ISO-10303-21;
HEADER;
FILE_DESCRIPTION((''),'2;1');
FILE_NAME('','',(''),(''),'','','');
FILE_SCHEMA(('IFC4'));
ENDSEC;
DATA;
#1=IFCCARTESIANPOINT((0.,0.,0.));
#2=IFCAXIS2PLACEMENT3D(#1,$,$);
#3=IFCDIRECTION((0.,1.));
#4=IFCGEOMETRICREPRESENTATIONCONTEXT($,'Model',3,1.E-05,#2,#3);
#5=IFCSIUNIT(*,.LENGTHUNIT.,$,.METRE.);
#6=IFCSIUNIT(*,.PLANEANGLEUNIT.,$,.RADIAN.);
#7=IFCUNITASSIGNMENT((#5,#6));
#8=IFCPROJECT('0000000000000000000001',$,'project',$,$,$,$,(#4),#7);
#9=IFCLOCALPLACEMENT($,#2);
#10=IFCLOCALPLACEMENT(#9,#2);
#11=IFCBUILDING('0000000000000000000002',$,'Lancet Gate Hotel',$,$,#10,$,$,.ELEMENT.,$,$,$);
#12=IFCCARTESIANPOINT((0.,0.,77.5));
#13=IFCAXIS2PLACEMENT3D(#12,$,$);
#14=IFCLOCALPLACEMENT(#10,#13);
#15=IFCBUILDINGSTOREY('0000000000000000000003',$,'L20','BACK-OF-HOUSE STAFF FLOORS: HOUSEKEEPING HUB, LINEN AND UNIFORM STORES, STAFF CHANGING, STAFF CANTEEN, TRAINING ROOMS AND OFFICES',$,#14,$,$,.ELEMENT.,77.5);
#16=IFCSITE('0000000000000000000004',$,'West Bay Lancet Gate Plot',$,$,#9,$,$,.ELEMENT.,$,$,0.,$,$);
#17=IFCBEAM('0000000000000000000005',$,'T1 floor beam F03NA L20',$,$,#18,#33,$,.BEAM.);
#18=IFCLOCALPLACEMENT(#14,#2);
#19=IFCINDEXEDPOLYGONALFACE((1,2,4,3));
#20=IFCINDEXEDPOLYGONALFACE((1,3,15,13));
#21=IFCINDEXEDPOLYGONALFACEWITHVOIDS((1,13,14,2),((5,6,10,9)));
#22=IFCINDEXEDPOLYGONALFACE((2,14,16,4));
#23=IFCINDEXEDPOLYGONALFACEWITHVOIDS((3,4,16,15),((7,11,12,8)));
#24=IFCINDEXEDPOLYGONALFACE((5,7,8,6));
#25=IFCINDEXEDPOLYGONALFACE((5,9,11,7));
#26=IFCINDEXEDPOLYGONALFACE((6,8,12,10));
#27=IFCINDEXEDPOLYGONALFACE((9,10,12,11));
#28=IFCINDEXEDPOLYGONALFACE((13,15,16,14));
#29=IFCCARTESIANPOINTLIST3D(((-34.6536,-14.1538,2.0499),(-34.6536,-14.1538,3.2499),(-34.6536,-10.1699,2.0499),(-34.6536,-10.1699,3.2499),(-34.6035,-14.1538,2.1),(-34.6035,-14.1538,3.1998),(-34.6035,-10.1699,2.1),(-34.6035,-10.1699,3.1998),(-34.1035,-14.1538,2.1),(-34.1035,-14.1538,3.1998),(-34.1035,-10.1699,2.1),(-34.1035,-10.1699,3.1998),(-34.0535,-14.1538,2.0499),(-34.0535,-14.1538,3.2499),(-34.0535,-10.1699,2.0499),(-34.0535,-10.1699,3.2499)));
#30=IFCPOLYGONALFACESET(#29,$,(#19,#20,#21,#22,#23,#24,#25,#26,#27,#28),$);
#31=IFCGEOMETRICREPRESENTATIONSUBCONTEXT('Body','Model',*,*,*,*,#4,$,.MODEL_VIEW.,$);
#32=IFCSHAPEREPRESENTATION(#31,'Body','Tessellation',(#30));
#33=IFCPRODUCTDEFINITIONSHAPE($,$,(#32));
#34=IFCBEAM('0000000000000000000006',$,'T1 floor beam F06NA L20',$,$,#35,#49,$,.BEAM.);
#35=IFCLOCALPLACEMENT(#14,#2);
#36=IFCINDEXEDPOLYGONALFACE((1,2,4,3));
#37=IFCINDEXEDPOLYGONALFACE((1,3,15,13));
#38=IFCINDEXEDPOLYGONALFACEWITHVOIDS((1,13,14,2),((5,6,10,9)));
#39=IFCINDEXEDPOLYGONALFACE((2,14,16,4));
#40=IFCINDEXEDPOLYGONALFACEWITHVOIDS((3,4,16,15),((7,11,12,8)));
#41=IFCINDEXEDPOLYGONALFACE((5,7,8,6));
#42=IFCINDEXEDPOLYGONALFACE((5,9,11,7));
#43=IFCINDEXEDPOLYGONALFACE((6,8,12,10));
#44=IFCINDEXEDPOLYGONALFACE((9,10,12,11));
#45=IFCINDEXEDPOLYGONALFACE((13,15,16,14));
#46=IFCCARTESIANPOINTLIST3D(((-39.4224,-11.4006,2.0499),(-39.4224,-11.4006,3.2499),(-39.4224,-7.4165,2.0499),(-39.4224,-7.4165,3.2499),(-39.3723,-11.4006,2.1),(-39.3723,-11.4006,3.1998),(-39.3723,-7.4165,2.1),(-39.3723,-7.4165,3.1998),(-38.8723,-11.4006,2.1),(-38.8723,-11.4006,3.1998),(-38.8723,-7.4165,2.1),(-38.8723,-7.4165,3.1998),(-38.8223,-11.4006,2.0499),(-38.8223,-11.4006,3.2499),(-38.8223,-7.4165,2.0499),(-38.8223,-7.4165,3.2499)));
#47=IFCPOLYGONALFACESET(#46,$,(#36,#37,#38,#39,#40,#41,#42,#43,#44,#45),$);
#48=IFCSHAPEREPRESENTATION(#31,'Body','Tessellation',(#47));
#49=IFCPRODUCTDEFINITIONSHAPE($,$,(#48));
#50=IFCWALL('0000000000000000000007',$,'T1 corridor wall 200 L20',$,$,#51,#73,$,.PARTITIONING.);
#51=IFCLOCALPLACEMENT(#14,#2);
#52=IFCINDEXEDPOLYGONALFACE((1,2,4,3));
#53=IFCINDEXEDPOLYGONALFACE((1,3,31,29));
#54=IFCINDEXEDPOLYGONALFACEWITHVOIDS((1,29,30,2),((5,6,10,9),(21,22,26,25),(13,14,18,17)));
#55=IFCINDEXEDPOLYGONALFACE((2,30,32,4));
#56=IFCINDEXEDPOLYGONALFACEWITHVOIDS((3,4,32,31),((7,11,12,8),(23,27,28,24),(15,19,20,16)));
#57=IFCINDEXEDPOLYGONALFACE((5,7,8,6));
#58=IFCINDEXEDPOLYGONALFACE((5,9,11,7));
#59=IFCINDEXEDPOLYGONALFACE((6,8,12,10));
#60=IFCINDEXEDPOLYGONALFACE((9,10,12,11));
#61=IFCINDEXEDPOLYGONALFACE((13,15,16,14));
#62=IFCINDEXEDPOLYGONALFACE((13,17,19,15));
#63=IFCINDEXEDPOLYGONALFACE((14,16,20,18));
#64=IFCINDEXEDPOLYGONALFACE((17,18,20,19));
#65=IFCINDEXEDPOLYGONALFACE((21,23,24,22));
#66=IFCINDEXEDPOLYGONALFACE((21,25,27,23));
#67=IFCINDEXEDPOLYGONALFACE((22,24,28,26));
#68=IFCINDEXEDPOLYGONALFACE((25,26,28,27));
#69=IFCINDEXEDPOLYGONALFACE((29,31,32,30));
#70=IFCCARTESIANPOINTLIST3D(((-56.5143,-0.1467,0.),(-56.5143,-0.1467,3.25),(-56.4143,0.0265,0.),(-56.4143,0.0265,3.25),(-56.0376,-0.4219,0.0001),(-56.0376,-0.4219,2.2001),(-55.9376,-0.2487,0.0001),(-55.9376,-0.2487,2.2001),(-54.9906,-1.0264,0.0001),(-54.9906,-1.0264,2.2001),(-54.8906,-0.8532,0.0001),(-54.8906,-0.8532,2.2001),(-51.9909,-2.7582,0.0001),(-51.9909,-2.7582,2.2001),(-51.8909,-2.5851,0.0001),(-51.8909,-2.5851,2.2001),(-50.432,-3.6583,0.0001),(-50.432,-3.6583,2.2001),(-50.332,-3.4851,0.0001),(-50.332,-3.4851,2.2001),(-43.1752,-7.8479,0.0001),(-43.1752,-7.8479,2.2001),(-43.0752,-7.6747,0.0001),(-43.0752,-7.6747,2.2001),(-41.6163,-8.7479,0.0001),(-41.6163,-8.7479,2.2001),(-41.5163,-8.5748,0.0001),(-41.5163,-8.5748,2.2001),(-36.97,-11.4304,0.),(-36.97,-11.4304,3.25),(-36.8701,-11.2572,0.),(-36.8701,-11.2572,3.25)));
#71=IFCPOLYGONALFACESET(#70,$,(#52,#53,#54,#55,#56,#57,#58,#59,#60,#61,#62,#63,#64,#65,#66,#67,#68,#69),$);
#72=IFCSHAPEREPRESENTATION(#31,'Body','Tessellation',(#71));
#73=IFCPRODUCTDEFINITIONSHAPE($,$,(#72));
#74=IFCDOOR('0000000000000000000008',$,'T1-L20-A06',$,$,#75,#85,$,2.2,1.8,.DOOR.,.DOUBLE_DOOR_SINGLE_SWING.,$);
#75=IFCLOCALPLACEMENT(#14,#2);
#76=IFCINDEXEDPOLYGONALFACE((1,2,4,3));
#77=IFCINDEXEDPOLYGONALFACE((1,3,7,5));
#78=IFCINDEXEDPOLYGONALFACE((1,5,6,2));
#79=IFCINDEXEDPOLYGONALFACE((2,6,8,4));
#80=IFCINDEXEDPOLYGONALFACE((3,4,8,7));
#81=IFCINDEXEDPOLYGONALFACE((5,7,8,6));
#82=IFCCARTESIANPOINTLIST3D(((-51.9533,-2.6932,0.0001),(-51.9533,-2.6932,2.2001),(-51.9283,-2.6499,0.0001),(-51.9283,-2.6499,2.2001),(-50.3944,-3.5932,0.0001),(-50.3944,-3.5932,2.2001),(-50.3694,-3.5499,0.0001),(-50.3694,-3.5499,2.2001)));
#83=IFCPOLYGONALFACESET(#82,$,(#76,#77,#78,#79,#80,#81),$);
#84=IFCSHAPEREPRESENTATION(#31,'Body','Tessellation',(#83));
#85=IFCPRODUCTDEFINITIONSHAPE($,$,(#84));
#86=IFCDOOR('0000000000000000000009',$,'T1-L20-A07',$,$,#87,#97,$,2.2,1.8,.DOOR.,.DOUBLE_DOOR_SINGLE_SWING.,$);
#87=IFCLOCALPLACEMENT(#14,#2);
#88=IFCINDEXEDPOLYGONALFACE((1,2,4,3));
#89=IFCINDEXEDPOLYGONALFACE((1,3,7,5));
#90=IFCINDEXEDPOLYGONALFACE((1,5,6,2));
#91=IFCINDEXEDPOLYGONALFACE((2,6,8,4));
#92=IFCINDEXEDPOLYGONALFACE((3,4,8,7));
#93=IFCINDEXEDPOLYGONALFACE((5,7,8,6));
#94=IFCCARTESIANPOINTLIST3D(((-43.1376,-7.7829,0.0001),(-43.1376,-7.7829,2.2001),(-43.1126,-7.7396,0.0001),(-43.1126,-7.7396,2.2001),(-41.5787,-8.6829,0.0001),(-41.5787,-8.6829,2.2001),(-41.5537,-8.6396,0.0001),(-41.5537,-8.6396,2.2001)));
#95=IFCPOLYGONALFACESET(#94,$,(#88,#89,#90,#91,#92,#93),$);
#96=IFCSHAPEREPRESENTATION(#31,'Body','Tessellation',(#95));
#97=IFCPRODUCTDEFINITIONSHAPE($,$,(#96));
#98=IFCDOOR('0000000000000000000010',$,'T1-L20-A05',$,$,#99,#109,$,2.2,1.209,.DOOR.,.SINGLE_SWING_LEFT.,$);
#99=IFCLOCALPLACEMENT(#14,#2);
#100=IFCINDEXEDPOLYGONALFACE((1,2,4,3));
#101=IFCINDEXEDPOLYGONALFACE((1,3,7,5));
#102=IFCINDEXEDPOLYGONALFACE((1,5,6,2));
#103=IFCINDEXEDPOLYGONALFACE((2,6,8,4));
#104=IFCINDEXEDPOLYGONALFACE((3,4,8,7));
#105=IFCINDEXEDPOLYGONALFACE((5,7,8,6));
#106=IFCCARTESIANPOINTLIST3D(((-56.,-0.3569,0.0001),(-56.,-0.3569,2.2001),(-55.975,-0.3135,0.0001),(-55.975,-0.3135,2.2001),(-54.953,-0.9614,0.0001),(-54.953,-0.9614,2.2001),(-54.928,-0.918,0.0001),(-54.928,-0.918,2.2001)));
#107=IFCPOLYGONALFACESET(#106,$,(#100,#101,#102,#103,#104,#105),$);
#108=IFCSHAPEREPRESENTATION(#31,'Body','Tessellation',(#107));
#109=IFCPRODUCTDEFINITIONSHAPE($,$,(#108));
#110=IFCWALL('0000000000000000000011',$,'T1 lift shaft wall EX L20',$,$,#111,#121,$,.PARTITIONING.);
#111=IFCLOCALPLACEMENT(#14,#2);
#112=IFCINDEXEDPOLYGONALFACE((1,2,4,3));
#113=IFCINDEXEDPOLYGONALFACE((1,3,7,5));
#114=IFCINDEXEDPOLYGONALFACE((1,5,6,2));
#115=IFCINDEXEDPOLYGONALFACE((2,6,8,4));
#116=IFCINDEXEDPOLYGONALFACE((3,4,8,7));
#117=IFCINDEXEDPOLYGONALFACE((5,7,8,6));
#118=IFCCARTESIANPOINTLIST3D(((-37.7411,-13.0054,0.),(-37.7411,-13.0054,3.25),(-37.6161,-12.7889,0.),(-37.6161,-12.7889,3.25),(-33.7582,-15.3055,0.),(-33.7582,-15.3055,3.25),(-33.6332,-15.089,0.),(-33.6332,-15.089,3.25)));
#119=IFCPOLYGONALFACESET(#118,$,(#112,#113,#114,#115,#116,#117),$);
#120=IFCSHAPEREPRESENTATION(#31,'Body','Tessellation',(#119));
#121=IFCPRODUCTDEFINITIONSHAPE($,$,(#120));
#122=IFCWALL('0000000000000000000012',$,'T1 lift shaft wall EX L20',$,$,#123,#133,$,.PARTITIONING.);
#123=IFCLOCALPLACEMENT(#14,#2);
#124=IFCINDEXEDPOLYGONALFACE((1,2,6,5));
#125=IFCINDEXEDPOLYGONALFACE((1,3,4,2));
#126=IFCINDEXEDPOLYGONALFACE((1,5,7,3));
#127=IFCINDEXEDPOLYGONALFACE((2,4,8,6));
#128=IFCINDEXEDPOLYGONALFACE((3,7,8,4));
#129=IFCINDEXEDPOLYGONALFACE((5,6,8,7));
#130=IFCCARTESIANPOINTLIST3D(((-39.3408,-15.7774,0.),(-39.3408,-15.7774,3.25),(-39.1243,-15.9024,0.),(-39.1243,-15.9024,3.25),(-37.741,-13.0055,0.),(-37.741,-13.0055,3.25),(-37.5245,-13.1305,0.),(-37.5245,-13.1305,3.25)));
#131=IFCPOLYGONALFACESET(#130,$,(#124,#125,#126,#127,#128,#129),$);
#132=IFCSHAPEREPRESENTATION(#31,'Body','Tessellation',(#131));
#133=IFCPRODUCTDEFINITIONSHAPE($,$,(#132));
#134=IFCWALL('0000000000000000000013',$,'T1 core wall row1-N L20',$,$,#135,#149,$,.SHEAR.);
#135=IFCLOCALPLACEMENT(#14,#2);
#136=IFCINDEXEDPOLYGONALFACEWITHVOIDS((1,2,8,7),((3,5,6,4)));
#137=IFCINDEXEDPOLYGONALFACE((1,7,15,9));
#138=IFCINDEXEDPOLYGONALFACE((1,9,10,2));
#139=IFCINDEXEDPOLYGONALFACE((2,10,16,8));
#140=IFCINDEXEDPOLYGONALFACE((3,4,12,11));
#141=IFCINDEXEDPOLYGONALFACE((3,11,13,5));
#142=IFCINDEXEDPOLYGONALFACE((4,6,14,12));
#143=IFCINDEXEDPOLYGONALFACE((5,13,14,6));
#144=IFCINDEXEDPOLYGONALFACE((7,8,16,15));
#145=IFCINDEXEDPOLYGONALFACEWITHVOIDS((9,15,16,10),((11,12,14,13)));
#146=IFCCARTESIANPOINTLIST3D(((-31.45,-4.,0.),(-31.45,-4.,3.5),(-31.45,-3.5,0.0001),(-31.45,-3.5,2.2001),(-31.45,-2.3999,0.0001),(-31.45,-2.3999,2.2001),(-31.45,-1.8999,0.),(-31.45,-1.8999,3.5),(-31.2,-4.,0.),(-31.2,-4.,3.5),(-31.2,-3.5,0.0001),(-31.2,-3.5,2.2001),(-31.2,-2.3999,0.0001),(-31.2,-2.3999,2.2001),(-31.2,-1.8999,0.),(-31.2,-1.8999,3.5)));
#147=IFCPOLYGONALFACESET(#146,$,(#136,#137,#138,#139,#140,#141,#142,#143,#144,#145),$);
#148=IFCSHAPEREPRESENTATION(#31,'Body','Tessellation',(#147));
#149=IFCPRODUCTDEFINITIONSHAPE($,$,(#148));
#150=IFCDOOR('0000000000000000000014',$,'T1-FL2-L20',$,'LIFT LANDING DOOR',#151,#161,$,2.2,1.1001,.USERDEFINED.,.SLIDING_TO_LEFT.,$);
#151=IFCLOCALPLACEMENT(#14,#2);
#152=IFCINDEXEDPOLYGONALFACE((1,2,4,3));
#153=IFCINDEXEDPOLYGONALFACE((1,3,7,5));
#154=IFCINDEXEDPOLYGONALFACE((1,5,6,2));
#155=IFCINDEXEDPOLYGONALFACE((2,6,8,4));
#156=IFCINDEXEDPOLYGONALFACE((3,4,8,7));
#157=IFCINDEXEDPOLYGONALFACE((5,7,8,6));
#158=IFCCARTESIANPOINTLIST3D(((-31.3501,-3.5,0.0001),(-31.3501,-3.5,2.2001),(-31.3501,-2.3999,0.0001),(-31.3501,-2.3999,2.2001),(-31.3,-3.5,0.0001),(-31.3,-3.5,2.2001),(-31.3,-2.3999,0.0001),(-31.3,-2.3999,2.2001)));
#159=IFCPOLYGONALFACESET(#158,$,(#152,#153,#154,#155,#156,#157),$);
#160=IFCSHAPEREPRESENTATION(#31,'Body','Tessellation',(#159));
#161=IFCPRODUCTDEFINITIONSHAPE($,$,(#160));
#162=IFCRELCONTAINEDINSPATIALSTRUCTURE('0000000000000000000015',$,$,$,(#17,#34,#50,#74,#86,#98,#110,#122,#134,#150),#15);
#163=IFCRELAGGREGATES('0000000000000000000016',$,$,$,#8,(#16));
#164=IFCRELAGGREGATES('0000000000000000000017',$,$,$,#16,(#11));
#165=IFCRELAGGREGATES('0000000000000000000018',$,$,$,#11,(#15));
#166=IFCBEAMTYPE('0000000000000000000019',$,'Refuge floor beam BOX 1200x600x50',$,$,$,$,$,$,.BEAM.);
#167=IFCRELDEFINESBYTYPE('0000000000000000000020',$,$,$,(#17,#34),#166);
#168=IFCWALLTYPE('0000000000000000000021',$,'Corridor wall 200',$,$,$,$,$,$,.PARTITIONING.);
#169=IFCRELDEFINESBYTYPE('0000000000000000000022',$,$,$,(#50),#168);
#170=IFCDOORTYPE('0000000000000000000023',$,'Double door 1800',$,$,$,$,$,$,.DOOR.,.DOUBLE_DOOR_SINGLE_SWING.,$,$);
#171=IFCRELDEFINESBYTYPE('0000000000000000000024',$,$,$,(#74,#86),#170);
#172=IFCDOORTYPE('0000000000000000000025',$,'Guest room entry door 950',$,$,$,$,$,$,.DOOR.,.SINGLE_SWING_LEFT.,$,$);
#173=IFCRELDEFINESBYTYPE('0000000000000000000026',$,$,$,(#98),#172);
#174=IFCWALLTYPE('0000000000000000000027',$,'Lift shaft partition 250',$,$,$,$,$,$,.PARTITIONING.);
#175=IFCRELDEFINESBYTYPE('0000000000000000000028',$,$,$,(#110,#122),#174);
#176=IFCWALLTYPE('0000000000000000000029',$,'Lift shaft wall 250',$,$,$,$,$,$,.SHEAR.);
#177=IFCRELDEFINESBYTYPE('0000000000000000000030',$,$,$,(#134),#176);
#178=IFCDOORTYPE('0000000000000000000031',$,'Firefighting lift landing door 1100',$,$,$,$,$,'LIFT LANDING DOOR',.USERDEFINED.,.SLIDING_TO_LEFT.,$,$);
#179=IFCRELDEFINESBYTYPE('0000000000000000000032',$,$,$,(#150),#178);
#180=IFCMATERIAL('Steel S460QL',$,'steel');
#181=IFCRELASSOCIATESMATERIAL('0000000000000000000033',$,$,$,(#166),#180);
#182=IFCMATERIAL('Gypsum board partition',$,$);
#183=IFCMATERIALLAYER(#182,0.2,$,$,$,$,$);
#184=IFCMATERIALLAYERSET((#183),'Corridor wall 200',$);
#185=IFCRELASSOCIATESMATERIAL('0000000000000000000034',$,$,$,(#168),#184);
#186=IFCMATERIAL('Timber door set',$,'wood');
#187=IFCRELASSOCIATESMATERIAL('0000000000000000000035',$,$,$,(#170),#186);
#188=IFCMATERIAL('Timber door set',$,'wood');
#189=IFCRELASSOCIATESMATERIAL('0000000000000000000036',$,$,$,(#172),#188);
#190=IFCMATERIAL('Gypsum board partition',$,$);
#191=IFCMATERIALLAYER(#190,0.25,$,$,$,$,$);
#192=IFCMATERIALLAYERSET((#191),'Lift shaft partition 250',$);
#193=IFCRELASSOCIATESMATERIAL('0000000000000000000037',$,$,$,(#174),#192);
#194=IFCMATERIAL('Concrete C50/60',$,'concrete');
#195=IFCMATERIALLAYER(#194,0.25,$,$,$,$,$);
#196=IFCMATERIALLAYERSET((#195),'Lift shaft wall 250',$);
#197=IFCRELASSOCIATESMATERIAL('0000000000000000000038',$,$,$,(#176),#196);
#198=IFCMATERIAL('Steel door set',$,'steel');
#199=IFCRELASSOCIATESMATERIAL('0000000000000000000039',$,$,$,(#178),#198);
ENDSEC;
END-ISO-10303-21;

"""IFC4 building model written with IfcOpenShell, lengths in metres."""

from ifc_helpers import new_model, si_unit, direction, frame, frame_2d, origin, origin_2d, place, context, subcontext, project, spatial, rectangle, hollow_rectangle, extrude, material, layer, layer_set, material_profile, profile_set, type_object, element, fill, save


model = new_model("IFC4")

# Units and contexts
model_context = context("Model", 3, precision=1e-05, world=origin(), true_north=direction((0.0, 1.0)))
body_context = subcontext(model_context, "Body", "Model", "MODEL_VIEW")
ifc_project = project(units=[si_unit("LENGTHUNIT", "METRE"), si_unit("PLANEANGLEUNIT", "RADIAN")], contexts=[model_context])

# Site, building, storey
site_placement = place(None, origin())
site = spatial("IfcSite", under=ifc_project, at=site_placement, Name="West Bay Lancet Gate Plot", CompositionType="ELEMENT", RefElevation=0.0)
building_placement = place(site_placement, origin())
building = spatial("IfcBuilding", under=site, at=building_placement, Name="Lancet Gate Hotel", CompositionType="ELEMENT")
storey_placement = place(building_placement, frame((0.0, 0.0, 77.5)))
storey = spatial("IfcBuildingStorey", under=building, at=storey_placement, Name="L20", Description="BACK-OF-HOUSE STAFF FLOORS: HOUSEKEEPING HUB, LINEN AND UNIFORM STORES, STAFF CHANGING, STAFF CANTEEN, TRAINING ROOMS AND OFFICES", CompositionType="ELEMENT", Elevation=77.5)

# Beams
ifc_material_1 = material(Name="Steel S460QL", Category="steel")
ifc_material_profile = material_profile(ifc_material_1, hollow_rectangle(XDim=0.6001, YDim=1.2, WallThickness=0.05, at=origin_2d()), Name="BOX 1200x600x50")
ifc_profile_set = profile_set([ifc_material_profile], Name="Steel S460QL")
beam_type = type_object("IfcBeamType", Name="Refuge floor beam BOX 1200x600x50", PredefinedType="BEAM", material=ifc_profile_set)
beam_1_placement = place(storey_placement, frame((-34.3535, -10.1699, 2.6499), z_axis=(0.0, -1.0, 0.0), x_axis=(1.0, 0.0, 0.0)))
element("IfcBeam", 1, at=beam_1_placement, inside=storey, type_object=beam_type, Name="T1 floor beam F03NA L20", PredefinedType="BEAM", context=body_context, shape_type="SweptSolid", body=[
    extrude(hollow_rectangle(XDim=0.6001, YDim=1.2, WallThickness=0.05, at=origin_2d()), origin(), (0.0, 0.0, 1.0), 3.9839),
])
beam_2_placement = place(storey_placement, frame((-39.1223, -7.4165, 2.6499), z_axis=(0.0, -1.0, 0.0), x_axis=(1.0, 0.0, 0.0)))
element("IfcBeam", 2, at=beam_2_placement, inside=storey, type_object=beam_type, Name="T1 floor beam F06NA L20", PredefinedType="BEAM", context=body_context, shape_type="SweptSolid", body=[
    extrude(hollow_rectangle(XDim=0.6001, YDim=1.2, WallThickness=0.05, at=origin_2d()), origin(), (0.0, 0.0, 1.0), 3.9841),
])

# Wall, openings, doors
ifc_material_2 = material(Name="Gypsum board partition")
ifc_layer_1 = layer(ifc_material_2, 0.2)
ifc_layer_set_1 = layer_set([ifc_layer_1], Name="Corridor wall 200")
wall_type_1 = type_object("IfcWallType", Name="Corridor wall 200", PredefinedType="PARTITIONING", material=ifc_layer_set_1)
wall_1_placement = place(storey_placement, frame((-36.9202, -11.3438, 0.0), z_axis=(0.0, 0.0, 1.0), x_axis=(-0.866028, 0.499995, 0.0)))
wall_1 = element("IfcWall", 3, at=wall_1_placement, inside=storey, type_object=wall_type_1, Name="T1 corridor wall 200 L20", PredefinedType="PARTITIONING", context=body_context, shape_type="SweptSolid", body=[
    extrude(rectangle(XDim=22.5676, YDim=0.2, at=frame_2d((11.2837, 0.0))), origin(), (0.0, 0.0, 1.0), 3.25),
])
opening_1_placement = place(wall_1_placement, frame((20.8081, 0.0, 0.0)))
opening_1 = element("IfcOpeningElement", 4, at=opening_1_placement, cuts=wall_1, PredefinedType="OPENING", context=body_context, shape_type="SweptSolid", body=[
    extrude(rectangle(XDim=1.209, YDim=2.2, at=frame_2d((0.6045, 1.1001))), frame((0.0, 0.1099, 0.0), z_axis=(0.0, -1.0, 0.0), x_axis=(1.0, 0.0, 0.0)), (0.0, 0.0, 1.0), 0.22),
])
opening_2_placement = place(wall_1_placement, frame((15.5444, 0.0, 0.0)))
opening_2 = element("IfcOpeningElement", 5, at=opening_2_placement, cuts=wall_1, PredefinedType="OPENING", context=body_context, shape_type="SweptSolid", body=[
    extrude(rectangle(XDim=1.8, YDim=2.2, at=frame_2d((0.8999, 1.1001))), frame((0.0, 0.1099, 0.0), z_axis=(0.0, -1.0, 0.0), x_axis=(1.0, 0.0, 0.0)), (0.0, 0.0, 1.0), 0.22),
])
opening_3_placement = place(wall_1_placement, frame((5.365, 0.0, 0.0)))
opening_3 = element("IfcOpeningElement", 6, at=opening_3_placement, cuts=wall_1, PredefinedType="OPENING", context=body_context, shape_type="SweptSolid", body=[
    extrude(rectangle(XDim=1.8, YDim=2.2, at=frame_2d((0.8999, 1.1001))), frame((0.0, 0.1099, 0.0), z_axis=(0.0, -1.0, 0.0), x_axis=(1.0, 0.0, 0.0)), (0.0, 0.0, 1.0), 0.22),
])
ifc_material_3 = material(Name="Timber door set", Category="wood")
door_type_1 = type_object("IfcDoorType", Name="Double door 1800", OperationType="DOUBLE_DOOR_SINGLE_SWING", PredefinedType="DOOR", material=ifc_material_3)
door_1_placement = place(opening_2_placement, origin())
door_1 = element("IfcDoor", 7, at=door_1_placement, inside=storey, type_object=door_type_1, Name="T1-L20-A06", OperationType="DOUBLE_DOOR_SINGLE_SWING", OverallHeight=2.2, OverallWidth=1.8, PredefinedType="DOOR", context=body_context, shape_type="SweptSolid", body=[
    extrude(rectangle(XDim=1.8, YDim=2.2, at=frame_2d((0.8999, 1.1001))), frame((0.0, 0.0249, 0.0), z_axis=(0.0, -1.0, 0.0), x_axis=(1.0, 0.0, 0.0)), (0.0, 0.0, 1.0), 0.05),
])
fill(opening_2, door_1)
door_2_placement = place(opening_3_placement, origin())
door_2 = element("IfcDoor", 8, at=door_2_placement, inside=storey, type_object=door_type_1, Name="T1-L20-A07", OperationType="DOUBLE_DOOR_SINGLE_SWING", OverallHeight=2.2, OverallWidth=1.8, PredefinedType="DOOR", context=body_context, shape_type="SweptSolid", body=[
    extrude(rectangle(XDim=1.8, YDim=2.2, at=frame_2d((0.8999, 1.1001))), frame((0.0, 0.0249, 0.0), z_axis=(0.0, -1.0, 0.0), x_axis=(1.0, 0.0, 0.0)), (0.0, 0.0, 1.0), 0.05),
])
fill(opening_3, door_2)
ifc_material_4 = material(Name="Timber door set", Category="wood")
door_type_2 = type_object("IfcDoorType", Name="Guest room entry door 950", OperationType="SINGLE_SWING_LEFT", PredefinedType="DOOR", material=ifc_material_4)
door_3_placement = place(opening_1_placement, origin())
door_3 = element("IfcDoor", 9, at=door_3_placement, inside=storey, type_object=door_type_2, Name="T1-L20-A05", OperationType="SINGLE_SWING_LEFT", OverallHeight=2.2, OverallWidth=1.209, PredefinedType="DOOR", context=body_context, shape_type="SweptSolid", body=[
    extrude(rectangle(XDim=1.209, YDim=2.2, at=frame_2d((0.6045, 1.1001))), frame((0.0, 0.0249, 0.0), z_axis=(0.0, -1.0, 0.0), x_axis=(1.0, 0.0, 0.0)), (0.0, 0.0, 1.0), 0.05),
])
fill(opening_1, door_3)

# Walls
ifc_material_5 = material(Name="Gypsum board partition")
ifc_layer_2 = layer(ifc_material_5, 0.25)
ifc_layer_set_2 = layer_set([ifc_layer_2], Name="Lift shaft partition 250")
wall_type_2 = type_object("IfcWallType", Name="Lift shaft partition 250", PredefinedType="PARTITIONING", material=ifc_layer_set_2)
wall_2_placement = place(storey_placement, frame((-33.6956, -15.1973, 0.0), z_axis=(0.0, 0.0, 1.0), x_axis=(-0.865977, 0.500084, 0.0)))
element("IfcWall", 10, at=wall_2_placement, inside=storey, type_object=wall_type_2, Name="T1 lift shaft wall EX L20", PredefinedType="PARTITIONING", context=body_context, shape_type="SweptSolid", body=[
    extrude(rectangle(XDim=4.5994, YDim=0.25, at=frame_2d((2.2998, 0.0))), origin(), (0.0, 0.0, 1.0), 3.25),
])
wall_3_placement = place(storey_placement, frame((-37.6328, -13.0681, 0.0), z_axis=(0.0, 0.0, 1.0), x_axis=(-0.499872, -0.866099, 0.0)))
element("IfcWall", 11, at=wall_3_placement, inside=storey, type_object=wall_type_2, Name="T1 lift shaft wall EX L20", PredefinedType="PARTITIONING", context=body_context, shape_type="SweptSolid", body=[
    extrude(rectangle(XDim=3.2004, YDim=0.25, at=frame_2d((1.6001, 0.0))), origin(), (0.0, 0.0, 1.0), 3.25),
])

# Wall, opening, door
ifc_material_6 = material(Name="Concrete C50/60", Category="concrete")
ifc_layer_3 = layer(ifc_material_6, 0.25)
ifc_layer_set_3 = layer_set([ifc_layer_3], Name="Lift shaft wall 250")
wall_type_3 = type_object("IfcWallType", Name="Lift shaft wall 250", PredefinedType="SHEAR", material=ifc_layer_set_3)
wall_4_placement = place(storey_placement, frame((-31.325, -1.8999, 0.0), z_axis=(0.0, 0.0, 1.0), x_axis=(0.0, -1.0, 0.0)))
wall_4 = element("IfcWall", 12, at=wall_4_placement, inside=storey, type_object=wall_type_3, Name="T1 core wall row1-N L20", PredefinedType="SHEAR", context=body_context, shape_type="SweptSolid", body=[
    extrude(rectangle(XDim=2.1001, YDim=0.25, at=frame_2d((1.05, 0.0))), origin(), (0.0, 0.0, 1.0), 3.5),
])
opening_4_placement = place(wall_4_placement, frame((0.5, 0.0, 0.0)))
opening_4 = element("IfcOpeningElement", 13, at=opening_4_placement, cuts=wall_4, PredefinedType="OPENING", context=body_context, shape_type="SweptSolid", body=[
    extrude(rectangle(XDim=1.1001, YDim=2.2, at=frame_2d((0.55, 1.1001))), frame((0.0, 0.135, 0.0), z_axis=(0.0, -1.0, 0.0), x_axis=(1.0, 0.0, 0.0)), (0.0, 0.0, 1.0), 0.27),
])
ifc_material_7 = material(Name="Steel door set", Category="steel")
door_type_3 = type_object("IfcDoorType", Name="Firefighting lift landing door 1100", ElementType="LIFT LANDING DOOR", OperationType="SLIDING_TO_LEFT", PredefinedType="USERDEFINED", material=ifc_material_7)
door_4_placement = place(opening_4_placement, origin())
door_4 = element("IfcDoor", 14, at=door_4_placement, inside=storey, type_object=door_type_3, Name="T1-FL2-L20", ObjectType="LIFT LANDING DOOR", OperationType="SLIDING_TO_LEFT", OverallHeight=2.2, OverallWidth=1.1001, PredefinedType="USERDEFINED", context=body_context, shape_type="SweptSolid", body=[
    extrude(rectangle(XDim=1.1001, YDim=2.2, at=frame_2d((0.55, 1.1001))), frame((0.0, 0.0249, 0.0), z_axis=(0.0, -1.0, 0.0), x_axis=(1.0, 0.0, 0.0)), (0.0, 0.0, 1.0), 0.05),
])
fill(opening_4, door_4)

save(model, "model.ifc")
